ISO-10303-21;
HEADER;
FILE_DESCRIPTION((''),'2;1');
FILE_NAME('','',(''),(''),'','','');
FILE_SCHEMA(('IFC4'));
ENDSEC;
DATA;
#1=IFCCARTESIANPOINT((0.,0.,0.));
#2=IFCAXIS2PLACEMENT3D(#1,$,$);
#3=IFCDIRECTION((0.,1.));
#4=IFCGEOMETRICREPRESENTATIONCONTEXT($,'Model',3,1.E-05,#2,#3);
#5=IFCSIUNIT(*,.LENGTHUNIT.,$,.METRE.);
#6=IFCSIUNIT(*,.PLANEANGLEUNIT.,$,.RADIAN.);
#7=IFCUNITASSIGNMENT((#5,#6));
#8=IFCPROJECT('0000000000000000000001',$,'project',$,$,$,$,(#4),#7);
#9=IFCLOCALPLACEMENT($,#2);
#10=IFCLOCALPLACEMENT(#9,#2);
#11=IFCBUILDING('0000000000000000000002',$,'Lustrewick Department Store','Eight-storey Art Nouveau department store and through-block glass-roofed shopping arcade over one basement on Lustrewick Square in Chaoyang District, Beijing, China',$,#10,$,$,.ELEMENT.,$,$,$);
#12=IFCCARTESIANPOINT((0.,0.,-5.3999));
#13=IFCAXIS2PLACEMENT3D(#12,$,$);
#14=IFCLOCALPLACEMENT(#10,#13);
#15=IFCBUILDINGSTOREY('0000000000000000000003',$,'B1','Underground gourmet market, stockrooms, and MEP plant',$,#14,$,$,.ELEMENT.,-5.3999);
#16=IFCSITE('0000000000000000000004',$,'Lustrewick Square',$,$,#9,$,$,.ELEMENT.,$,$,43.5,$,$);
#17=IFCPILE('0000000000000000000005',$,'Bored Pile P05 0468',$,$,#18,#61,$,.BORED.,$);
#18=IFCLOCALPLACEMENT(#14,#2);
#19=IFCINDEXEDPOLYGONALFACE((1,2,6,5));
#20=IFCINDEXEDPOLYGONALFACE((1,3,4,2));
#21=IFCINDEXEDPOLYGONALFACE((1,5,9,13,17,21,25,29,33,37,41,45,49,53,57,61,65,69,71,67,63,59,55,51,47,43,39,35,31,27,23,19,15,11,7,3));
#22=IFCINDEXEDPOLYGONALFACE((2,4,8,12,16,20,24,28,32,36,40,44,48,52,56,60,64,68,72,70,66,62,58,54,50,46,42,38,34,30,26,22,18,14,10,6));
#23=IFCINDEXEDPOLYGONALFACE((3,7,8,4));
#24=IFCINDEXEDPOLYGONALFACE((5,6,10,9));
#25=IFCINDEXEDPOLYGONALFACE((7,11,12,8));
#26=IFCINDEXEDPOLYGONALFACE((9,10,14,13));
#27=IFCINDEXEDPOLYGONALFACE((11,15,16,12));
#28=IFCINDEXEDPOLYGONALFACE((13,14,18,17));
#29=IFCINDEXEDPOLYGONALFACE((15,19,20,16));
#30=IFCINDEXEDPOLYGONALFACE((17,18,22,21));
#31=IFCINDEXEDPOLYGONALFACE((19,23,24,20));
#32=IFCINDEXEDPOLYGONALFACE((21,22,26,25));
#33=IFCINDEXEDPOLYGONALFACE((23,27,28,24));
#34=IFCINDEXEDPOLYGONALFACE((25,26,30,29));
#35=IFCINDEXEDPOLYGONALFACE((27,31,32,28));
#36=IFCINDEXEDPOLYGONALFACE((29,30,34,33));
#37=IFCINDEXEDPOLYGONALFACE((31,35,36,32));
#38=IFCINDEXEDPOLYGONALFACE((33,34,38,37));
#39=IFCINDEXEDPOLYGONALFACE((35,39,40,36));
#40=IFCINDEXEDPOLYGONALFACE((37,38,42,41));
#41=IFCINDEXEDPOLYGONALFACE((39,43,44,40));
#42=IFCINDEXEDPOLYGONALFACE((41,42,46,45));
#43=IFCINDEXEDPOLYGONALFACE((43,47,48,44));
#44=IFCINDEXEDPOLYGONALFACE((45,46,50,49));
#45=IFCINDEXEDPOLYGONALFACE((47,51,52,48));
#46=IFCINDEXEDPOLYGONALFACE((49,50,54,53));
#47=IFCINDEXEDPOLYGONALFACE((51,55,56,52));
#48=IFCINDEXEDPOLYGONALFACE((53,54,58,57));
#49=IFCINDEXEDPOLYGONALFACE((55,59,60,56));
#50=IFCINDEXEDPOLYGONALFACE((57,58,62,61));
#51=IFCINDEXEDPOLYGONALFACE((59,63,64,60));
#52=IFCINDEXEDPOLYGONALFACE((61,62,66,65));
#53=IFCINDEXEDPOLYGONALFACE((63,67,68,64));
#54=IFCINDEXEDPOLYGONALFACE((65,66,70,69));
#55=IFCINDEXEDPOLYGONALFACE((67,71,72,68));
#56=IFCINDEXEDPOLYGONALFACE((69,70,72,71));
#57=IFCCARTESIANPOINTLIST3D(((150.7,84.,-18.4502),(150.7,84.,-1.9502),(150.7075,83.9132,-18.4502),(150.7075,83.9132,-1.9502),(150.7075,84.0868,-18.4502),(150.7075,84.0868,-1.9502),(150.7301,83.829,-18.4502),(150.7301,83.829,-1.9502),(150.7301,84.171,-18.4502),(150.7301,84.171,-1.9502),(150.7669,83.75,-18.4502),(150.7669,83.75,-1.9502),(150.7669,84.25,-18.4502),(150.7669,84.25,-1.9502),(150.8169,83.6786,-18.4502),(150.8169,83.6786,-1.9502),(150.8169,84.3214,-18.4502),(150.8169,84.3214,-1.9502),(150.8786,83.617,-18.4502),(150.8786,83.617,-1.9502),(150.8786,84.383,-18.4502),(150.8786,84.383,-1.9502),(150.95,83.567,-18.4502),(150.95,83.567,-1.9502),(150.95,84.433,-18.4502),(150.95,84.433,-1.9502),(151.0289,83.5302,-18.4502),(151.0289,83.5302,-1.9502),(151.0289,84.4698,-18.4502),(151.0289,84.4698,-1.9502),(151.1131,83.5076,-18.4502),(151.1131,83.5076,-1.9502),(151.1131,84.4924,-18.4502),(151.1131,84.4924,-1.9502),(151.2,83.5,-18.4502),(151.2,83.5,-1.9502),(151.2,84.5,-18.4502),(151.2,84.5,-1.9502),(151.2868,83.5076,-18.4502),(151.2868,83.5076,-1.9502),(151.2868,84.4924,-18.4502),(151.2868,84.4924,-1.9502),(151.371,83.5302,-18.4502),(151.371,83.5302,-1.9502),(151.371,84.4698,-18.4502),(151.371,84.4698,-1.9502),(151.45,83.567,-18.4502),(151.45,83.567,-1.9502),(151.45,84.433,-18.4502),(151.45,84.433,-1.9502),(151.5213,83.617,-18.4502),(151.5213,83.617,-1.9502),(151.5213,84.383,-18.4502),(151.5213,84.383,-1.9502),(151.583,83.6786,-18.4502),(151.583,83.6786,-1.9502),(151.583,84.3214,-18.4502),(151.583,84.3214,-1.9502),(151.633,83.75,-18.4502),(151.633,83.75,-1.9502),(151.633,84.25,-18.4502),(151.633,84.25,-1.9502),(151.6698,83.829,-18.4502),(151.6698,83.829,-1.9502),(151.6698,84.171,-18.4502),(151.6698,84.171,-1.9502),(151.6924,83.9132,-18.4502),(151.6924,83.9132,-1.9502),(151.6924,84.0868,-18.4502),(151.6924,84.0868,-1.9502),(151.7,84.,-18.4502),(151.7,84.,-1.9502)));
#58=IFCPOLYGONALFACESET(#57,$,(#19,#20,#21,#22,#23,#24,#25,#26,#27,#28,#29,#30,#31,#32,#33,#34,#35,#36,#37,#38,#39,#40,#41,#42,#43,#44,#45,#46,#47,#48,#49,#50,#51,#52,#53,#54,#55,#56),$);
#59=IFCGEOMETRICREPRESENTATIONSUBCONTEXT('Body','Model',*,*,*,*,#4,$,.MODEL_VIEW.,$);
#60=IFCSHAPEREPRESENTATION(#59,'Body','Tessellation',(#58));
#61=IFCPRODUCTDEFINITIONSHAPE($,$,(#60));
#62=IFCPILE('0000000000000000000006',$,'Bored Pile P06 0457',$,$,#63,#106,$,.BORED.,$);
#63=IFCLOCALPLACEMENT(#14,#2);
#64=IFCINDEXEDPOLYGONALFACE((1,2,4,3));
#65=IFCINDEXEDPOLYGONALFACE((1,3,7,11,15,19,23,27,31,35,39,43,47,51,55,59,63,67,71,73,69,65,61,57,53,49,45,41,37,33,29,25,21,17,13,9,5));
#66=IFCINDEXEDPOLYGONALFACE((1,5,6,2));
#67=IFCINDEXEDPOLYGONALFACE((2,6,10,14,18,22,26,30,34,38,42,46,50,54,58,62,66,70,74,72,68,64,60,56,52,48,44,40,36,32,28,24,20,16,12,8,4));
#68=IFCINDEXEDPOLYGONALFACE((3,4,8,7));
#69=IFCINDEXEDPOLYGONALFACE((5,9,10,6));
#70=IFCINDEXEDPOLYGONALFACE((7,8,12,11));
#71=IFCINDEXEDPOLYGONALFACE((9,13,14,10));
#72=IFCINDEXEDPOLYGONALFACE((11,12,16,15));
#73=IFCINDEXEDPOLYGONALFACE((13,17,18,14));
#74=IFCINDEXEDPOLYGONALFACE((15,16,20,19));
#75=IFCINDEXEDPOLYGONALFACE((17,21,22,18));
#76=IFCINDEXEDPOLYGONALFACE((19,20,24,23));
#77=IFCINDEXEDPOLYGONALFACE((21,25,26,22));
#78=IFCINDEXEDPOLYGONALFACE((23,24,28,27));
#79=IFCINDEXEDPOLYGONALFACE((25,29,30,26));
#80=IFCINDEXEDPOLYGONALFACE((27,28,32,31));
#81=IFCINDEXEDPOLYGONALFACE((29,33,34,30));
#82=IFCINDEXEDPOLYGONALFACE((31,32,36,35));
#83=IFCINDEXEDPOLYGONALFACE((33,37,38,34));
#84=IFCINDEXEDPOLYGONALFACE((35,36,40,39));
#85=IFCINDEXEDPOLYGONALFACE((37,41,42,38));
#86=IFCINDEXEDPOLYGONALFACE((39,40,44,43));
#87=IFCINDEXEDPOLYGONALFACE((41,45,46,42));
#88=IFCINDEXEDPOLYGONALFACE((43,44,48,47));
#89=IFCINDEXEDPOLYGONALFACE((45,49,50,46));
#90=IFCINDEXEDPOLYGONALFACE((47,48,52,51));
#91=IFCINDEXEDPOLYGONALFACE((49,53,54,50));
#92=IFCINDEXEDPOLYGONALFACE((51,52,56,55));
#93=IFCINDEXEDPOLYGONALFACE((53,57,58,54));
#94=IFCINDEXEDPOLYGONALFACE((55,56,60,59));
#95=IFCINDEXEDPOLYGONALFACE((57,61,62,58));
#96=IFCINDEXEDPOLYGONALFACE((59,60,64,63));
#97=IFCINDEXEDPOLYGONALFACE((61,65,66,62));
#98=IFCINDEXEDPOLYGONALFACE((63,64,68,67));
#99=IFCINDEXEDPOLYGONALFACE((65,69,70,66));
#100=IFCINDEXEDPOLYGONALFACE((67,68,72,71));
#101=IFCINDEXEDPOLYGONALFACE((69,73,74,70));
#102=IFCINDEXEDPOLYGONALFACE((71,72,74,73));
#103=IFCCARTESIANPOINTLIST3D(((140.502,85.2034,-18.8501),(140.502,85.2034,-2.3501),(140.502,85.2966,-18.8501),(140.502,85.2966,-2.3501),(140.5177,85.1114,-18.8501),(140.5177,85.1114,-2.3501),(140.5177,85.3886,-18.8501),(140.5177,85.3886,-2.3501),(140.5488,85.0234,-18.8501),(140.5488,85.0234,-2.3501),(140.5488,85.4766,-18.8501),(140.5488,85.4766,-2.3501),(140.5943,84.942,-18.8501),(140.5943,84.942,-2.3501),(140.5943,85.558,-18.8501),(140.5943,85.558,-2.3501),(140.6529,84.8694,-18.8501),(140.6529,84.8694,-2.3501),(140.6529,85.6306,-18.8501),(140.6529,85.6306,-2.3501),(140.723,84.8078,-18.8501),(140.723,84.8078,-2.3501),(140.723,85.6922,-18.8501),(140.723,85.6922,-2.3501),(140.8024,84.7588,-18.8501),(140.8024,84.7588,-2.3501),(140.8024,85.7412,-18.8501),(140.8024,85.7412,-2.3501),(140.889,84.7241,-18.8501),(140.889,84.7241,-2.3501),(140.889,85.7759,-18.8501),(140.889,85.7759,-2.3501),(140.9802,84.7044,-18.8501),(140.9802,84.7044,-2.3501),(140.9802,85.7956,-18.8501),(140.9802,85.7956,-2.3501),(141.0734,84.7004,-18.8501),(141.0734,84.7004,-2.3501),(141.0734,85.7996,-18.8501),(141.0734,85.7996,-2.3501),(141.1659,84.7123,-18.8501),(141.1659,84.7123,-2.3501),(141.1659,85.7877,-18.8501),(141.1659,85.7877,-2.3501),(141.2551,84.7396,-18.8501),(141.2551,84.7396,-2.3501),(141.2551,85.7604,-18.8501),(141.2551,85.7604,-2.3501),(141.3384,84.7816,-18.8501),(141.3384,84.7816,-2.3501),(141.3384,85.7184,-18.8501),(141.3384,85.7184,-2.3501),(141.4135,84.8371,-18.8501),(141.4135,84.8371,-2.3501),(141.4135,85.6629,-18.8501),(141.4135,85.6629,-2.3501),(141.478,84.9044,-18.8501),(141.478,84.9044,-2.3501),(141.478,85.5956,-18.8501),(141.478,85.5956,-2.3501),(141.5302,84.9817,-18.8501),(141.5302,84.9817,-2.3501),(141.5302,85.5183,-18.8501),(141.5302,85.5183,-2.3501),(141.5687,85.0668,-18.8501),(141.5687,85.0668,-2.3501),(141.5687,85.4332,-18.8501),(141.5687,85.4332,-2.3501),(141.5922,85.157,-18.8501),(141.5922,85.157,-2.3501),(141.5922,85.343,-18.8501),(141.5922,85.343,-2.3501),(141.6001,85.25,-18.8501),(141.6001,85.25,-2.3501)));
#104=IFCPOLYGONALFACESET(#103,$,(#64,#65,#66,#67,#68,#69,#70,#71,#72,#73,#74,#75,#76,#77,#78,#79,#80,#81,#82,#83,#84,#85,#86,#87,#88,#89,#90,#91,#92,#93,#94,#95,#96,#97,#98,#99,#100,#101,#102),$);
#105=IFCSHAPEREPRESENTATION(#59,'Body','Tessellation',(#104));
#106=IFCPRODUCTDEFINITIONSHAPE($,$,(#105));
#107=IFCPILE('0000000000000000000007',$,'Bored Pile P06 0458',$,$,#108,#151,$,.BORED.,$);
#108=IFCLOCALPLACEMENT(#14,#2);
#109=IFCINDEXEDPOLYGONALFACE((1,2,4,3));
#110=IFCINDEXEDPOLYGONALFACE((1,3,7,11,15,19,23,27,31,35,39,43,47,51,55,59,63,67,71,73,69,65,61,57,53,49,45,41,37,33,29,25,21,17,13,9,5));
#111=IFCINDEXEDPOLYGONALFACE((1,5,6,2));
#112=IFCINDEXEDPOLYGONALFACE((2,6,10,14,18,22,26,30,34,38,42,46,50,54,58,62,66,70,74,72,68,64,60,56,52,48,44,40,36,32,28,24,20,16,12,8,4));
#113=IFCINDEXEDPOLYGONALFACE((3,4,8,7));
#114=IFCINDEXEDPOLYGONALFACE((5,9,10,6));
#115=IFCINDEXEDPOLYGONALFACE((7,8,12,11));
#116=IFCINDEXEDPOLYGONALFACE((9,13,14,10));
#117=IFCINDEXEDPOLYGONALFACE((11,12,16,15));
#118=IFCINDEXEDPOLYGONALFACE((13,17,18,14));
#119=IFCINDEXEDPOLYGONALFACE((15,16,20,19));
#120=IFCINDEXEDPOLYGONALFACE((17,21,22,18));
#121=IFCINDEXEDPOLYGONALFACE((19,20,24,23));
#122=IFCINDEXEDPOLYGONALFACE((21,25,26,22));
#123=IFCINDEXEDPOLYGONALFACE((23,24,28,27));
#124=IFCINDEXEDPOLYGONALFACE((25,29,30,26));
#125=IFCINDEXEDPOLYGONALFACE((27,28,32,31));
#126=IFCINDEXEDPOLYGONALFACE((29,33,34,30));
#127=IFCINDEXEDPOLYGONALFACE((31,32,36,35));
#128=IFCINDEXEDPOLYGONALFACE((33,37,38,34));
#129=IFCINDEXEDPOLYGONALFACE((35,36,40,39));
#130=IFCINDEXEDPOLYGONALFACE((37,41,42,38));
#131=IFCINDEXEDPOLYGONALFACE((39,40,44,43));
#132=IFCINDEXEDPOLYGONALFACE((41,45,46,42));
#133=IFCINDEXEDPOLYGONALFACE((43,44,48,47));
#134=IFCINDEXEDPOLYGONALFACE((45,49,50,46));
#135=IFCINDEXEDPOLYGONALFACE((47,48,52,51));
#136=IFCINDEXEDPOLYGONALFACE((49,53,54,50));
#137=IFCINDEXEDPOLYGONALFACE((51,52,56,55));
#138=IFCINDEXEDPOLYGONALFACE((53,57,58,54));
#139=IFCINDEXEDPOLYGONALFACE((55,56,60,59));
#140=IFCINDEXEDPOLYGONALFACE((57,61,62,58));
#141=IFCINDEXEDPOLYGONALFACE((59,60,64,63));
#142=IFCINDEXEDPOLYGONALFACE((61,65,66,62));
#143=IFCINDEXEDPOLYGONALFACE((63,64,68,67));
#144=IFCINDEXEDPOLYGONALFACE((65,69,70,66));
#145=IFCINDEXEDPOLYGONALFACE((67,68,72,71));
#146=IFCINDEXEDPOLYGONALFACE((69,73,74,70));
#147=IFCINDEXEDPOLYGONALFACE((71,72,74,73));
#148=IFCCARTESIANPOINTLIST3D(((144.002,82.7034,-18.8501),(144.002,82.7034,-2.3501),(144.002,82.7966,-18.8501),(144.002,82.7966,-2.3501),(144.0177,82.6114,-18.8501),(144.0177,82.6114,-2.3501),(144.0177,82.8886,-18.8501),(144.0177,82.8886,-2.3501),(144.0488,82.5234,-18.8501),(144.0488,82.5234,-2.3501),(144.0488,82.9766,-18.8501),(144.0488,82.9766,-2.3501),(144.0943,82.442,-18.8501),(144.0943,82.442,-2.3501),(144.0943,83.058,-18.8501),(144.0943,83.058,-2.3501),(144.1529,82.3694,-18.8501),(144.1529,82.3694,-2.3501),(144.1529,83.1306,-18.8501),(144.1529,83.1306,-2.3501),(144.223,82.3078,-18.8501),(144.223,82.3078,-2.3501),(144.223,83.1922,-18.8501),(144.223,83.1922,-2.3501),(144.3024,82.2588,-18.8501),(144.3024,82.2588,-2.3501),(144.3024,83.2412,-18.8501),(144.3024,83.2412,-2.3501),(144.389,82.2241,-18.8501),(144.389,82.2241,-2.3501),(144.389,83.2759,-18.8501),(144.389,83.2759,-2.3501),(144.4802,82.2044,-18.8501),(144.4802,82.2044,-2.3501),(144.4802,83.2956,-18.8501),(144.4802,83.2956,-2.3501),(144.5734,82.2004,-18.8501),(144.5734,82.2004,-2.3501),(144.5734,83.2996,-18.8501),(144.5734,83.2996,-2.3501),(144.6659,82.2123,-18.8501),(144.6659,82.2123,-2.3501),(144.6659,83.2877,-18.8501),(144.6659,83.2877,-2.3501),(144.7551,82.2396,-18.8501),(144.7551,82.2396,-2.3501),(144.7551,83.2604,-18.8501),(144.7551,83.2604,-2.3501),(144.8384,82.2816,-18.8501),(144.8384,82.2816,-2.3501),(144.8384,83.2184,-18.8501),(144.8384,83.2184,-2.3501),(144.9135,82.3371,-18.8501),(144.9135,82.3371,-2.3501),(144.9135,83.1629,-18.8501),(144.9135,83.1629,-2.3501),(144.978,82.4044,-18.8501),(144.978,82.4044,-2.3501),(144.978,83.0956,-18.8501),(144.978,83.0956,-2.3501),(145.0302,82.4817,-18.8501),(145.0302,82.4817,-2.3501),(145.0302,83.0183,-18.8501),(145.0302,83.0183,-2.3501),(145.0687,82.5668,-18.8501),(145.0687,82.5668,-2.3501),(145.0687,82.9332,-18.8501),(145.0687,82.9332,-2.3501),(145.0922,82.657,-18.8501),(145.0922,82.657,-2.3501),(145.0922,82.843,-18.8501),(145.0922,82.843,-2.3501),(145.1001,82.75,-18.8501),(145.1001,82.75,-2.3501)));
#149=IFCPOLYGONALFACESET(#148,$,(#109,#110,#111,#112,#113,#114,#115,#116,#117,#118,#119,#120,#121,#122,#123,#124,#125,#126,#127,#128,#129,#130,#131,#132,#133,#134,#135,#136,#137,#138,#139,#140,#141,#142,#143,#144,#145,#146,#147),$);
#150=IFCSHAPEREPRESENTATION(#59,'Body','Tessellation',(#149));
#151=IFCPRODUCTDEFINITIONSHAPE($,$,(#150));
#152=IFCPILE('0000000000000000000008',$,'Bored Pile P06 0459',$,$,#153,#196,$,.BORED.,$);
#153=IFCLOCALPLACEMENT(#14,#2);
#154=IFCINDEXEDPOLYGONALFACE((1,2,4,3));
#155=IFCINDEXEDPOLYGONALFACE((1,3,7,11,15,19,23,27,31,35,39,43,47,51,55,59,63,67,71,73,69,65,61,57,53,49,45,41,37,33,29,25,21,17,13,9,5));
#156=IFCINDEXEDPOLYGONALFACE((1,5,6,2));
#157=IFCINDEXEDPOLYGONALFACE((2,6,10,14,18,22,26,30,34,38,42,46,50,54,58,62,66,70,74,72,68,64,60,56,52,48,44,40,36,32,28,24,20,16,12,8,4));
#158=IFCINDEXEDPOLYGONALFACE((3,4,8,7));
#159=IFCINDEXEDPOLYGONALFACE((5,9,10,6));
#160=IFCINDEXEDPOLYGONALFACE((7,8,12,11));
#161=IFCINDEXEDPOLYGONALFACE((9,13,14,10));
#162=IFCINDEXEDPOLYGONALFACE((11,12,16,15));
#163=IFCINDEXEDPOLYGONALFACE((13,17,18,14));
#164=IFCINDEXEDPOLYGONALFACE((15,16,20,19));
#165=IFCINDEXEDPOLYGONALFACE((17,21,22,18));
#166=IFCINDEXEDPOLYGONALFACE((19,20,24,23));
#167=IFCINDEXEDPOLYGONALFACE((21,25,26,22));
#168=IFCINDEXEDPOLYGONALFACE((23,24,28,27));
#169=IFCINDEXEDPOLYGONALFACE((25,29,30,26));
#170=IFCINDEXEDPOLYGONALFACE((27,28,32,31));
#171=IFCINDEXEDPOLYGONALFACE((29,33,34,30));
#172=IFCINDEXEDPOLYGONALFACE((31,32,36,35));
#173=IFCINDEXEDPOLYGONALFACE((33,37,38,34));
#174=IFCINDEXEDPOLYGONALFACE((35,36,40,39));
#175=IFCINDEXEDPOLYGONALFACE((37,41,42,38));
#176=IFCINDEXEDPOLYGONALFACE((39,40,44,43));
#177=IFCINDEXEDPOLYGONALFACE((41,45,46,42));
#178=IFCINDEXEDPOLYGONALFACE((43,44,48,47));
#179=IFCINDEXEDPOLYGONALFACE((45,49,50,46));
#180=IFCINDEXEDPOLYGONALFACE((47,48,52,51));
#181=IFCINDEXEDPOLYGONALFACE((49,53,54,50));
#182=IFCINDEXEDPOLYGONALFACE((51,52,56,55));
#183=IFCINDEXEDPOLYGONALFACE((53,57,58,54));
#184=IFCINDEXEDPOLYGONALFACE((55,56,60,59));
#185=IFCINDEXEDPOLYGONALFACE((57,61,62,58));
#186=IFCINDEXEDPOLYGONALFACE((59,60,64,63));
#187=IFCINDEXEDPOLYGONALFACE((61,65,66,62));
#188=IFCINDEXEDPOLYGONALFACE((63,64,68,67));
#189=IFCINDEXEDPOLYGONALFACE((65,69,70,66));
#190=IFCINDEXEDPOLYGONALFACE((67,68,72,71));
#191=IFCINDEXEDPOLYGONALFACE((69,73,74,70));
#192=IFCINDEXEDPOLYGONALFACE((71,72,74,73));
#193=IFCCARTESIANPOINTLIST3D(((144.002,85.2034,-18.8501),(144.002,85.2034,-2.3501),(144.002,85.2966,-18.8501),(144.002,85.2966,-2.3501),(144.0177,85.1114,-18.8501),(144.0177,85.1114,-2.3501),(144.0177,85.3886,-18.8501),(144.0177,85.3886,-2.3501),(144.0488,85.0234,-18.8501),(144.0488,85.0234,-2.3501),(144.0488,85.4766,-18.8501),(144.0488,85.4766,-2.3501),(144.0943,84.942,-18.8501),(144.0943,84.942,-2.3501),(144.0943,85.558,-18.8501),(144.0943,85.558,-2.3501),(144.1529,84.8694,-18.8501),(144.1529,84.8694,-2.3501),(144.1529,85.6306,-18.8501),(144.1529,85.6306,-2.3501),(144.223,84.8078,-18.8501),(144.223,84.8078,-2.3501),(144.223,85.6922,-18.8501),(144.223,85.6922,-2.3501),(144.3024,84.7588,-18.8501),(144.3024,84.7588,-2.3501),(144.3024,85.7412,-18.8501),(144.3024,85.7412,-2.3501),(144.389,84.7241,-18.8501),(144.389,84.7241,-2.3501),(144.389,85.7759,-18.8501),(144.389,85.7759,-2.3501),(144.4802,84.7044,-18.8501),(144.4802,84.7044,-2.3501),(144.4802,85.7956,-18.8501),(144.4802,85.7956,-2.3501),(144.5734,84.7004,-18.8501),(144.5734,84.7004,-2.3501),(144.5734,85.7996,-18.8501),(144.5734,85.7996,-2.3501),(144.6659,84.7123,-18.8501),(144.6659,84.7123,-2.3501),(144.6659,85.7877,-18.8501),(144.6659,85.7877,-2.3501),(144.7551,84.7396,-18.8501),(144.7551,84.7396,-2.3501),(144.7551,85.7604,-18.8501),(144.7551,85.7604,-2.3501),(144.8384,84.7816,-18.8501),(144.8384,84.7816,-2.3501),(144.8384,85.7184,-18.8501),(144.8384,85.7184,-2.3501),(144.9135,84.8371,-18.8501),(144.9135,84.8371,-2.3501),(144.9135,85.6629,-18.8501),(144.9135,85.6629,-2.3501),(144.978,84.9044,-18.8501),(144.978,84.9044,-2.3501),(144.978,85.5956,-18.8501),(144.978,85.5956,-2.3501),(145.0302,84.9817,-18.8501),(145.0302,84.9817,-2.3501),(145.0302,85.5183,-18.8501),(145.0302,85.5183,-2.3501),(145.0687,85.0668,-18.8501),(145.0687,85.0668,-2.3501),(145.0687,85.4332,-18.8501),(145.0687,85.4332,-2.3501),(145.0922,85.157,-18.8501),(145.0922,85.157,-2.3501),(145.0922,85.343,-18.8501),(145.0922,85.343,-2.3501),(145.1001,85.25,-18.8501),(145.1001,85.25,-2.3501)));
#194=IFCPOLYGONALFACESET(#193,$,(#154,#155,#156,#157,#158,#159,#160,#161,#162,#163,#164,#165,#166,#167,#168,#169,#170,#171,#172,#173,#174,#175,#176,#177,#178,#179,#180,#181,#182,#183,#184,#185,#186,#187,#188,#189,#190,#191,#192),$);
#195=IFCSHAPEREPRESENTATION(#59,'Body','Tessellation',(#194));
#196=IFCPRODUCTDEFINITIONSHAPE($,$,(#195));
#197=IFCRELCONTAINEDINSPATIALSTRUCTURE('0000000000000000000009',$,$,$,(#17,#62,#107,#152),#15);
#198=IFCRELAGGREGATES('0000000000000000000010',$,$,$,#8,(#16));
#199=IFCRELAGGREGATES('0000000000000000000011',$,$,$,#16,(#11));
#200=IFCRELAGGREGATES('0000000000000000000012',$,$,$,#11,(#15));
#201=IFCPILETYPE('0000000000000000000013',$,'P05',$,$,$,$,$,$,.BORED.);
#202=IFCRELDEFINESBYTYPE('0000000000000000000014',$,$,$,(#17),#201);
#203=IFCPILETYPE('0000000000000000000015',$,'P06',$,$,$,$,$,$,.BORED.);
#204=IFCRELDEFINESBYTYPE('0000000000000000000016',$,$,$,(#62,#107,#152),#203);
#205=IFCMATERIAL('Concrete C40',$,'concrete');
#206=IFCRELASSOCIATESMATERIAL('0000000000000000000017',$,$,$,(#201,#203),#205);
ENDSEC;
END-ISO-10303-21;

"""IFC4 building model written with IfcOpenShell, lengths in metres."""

from ifc_helpers import new_model, si_unit, direction, frame, origin, origin_2d, place, context, subcontext, project, spatial, circle, extrude, material, material_profile, profile_set, type_object, element, save


model = new_model("IFC4")

# Units and contexts
model_context = context("Model", 3, precision=1e-05, world=origin(), true_north=direction((0.0, 1.0)))
body_context = subcontext(model_context, "Body", "Model", "MODEL_VIEW")
ifc_project = project(units=[si_unit("LENGTHUNIT", "METRE"), si_unit("PLANEANGLEUNIT", "RADIAN")], contexts=[model_context])

# Site, building, storey
site_placement = place(None, origin())
site = spatial("IfcSite", under=ifc_project, at=site_placement, Name="Lustrewick Square", CompositionType="ELEMENT", RefElevation=43.5)
building_placement = place(site_placement, origin())
building = spatial("IfcBuilding", under=site, at=building_placement, Name="Lustrewick Department Store", Description="Eight-storey Art Nouveau department store and through-block glass-roofed shopping arcade over one basement on Lustrewick Square in Chaoyang District, Beijing, China", CompositionType="ELEMENT")
storey_placement = place(building_placement, frame((0.0, 0.0, -5.3999)))
storey = spatial("IfcBuildingStorey", under=building, at=storey_placement, Name="B1", Description="Underground gourmet market, stockrooms, and MEP plant", CompositionType="ELEMENT", Elevation=-5.3999)

# Piles
ifc_material_1 = material(Name="Concrete C40", Category="concrete")
ifc_material_profile_1 = material_profile(ifc_material_1, circle(Radius=0.5, at=origin_2d()), Name="PILE D1000")
ifc_profile_set_1 = profile_set([ifc_material_profile_1], Name="Concrete C40")
pile_type_1 = type_object("IfcPileType", Name="P05", PredefinedType="BORED", material=ifc_profile_set_1)
pile_placement = place(storey_placement, frame((151.2, 84.0, -1.9502), z_axis=(0.0, 0.0, -1.0), x_axis=(1.0, 0.0, 0.0)))
element("IfcPile", 1, at=pile_placement, inside=storey, type_object=pile_type_1, Name="Bored Pile P05 0468", PredefinedType="BORED", context=body_context, shape_type="SweptSolid", body=[
    extrude(circle(Radius=0.5, at=origin_2d()), origin(), (0.0, 0.0, 1.0), 16.5),
])
ifc_material_profile_2 = material_profile(ifc_material_1, circle(Radius=0.55, at=origin_2d()), Name="PILE D1100")
ifc_profile_set_2 = profile_set([ifc_material_profile_2], Name="Concrete C40")
pile_type_2 = type_object("IfcPileType", Name="P06", PredefinedType="BORED", material=ifc_profile_set_2)
for number, where, z_axis, x_axis, name in (
    (2, (141.05, 85.25, -2.3501), (0.0, 0.0, -1.0), (1.0, 0.0, 0.0), "Bored Pile P06 0457"),
    (3, (144.55, 82.75, -2.3501), (0.0, 0.0, -1.0), (1.0, 0.0, 0.0), "Bored Pile P06 0458"),
    (4, (144.55, 85.25, -2.3501), (0.0, 0.0, -1.0), (1.0, 0.0, 0.0), "Bored Pile P06 0459"),
):
    element("IfcPile", number, at=place(storey_placement, frame(where, z_axis=z_axis, x_axis=x_axis)), inside=storey, type_object=pile_type_2, Name=name, PredefinedType="BORED", context=body_context, shape_type="SweptSolid", body=[
        extrude(circle(Radius=0.55, at=origin_2d()), origin(), (0.0, 0.0, 1.0), 16.5),
    ])

save(model, "model.ifc")
